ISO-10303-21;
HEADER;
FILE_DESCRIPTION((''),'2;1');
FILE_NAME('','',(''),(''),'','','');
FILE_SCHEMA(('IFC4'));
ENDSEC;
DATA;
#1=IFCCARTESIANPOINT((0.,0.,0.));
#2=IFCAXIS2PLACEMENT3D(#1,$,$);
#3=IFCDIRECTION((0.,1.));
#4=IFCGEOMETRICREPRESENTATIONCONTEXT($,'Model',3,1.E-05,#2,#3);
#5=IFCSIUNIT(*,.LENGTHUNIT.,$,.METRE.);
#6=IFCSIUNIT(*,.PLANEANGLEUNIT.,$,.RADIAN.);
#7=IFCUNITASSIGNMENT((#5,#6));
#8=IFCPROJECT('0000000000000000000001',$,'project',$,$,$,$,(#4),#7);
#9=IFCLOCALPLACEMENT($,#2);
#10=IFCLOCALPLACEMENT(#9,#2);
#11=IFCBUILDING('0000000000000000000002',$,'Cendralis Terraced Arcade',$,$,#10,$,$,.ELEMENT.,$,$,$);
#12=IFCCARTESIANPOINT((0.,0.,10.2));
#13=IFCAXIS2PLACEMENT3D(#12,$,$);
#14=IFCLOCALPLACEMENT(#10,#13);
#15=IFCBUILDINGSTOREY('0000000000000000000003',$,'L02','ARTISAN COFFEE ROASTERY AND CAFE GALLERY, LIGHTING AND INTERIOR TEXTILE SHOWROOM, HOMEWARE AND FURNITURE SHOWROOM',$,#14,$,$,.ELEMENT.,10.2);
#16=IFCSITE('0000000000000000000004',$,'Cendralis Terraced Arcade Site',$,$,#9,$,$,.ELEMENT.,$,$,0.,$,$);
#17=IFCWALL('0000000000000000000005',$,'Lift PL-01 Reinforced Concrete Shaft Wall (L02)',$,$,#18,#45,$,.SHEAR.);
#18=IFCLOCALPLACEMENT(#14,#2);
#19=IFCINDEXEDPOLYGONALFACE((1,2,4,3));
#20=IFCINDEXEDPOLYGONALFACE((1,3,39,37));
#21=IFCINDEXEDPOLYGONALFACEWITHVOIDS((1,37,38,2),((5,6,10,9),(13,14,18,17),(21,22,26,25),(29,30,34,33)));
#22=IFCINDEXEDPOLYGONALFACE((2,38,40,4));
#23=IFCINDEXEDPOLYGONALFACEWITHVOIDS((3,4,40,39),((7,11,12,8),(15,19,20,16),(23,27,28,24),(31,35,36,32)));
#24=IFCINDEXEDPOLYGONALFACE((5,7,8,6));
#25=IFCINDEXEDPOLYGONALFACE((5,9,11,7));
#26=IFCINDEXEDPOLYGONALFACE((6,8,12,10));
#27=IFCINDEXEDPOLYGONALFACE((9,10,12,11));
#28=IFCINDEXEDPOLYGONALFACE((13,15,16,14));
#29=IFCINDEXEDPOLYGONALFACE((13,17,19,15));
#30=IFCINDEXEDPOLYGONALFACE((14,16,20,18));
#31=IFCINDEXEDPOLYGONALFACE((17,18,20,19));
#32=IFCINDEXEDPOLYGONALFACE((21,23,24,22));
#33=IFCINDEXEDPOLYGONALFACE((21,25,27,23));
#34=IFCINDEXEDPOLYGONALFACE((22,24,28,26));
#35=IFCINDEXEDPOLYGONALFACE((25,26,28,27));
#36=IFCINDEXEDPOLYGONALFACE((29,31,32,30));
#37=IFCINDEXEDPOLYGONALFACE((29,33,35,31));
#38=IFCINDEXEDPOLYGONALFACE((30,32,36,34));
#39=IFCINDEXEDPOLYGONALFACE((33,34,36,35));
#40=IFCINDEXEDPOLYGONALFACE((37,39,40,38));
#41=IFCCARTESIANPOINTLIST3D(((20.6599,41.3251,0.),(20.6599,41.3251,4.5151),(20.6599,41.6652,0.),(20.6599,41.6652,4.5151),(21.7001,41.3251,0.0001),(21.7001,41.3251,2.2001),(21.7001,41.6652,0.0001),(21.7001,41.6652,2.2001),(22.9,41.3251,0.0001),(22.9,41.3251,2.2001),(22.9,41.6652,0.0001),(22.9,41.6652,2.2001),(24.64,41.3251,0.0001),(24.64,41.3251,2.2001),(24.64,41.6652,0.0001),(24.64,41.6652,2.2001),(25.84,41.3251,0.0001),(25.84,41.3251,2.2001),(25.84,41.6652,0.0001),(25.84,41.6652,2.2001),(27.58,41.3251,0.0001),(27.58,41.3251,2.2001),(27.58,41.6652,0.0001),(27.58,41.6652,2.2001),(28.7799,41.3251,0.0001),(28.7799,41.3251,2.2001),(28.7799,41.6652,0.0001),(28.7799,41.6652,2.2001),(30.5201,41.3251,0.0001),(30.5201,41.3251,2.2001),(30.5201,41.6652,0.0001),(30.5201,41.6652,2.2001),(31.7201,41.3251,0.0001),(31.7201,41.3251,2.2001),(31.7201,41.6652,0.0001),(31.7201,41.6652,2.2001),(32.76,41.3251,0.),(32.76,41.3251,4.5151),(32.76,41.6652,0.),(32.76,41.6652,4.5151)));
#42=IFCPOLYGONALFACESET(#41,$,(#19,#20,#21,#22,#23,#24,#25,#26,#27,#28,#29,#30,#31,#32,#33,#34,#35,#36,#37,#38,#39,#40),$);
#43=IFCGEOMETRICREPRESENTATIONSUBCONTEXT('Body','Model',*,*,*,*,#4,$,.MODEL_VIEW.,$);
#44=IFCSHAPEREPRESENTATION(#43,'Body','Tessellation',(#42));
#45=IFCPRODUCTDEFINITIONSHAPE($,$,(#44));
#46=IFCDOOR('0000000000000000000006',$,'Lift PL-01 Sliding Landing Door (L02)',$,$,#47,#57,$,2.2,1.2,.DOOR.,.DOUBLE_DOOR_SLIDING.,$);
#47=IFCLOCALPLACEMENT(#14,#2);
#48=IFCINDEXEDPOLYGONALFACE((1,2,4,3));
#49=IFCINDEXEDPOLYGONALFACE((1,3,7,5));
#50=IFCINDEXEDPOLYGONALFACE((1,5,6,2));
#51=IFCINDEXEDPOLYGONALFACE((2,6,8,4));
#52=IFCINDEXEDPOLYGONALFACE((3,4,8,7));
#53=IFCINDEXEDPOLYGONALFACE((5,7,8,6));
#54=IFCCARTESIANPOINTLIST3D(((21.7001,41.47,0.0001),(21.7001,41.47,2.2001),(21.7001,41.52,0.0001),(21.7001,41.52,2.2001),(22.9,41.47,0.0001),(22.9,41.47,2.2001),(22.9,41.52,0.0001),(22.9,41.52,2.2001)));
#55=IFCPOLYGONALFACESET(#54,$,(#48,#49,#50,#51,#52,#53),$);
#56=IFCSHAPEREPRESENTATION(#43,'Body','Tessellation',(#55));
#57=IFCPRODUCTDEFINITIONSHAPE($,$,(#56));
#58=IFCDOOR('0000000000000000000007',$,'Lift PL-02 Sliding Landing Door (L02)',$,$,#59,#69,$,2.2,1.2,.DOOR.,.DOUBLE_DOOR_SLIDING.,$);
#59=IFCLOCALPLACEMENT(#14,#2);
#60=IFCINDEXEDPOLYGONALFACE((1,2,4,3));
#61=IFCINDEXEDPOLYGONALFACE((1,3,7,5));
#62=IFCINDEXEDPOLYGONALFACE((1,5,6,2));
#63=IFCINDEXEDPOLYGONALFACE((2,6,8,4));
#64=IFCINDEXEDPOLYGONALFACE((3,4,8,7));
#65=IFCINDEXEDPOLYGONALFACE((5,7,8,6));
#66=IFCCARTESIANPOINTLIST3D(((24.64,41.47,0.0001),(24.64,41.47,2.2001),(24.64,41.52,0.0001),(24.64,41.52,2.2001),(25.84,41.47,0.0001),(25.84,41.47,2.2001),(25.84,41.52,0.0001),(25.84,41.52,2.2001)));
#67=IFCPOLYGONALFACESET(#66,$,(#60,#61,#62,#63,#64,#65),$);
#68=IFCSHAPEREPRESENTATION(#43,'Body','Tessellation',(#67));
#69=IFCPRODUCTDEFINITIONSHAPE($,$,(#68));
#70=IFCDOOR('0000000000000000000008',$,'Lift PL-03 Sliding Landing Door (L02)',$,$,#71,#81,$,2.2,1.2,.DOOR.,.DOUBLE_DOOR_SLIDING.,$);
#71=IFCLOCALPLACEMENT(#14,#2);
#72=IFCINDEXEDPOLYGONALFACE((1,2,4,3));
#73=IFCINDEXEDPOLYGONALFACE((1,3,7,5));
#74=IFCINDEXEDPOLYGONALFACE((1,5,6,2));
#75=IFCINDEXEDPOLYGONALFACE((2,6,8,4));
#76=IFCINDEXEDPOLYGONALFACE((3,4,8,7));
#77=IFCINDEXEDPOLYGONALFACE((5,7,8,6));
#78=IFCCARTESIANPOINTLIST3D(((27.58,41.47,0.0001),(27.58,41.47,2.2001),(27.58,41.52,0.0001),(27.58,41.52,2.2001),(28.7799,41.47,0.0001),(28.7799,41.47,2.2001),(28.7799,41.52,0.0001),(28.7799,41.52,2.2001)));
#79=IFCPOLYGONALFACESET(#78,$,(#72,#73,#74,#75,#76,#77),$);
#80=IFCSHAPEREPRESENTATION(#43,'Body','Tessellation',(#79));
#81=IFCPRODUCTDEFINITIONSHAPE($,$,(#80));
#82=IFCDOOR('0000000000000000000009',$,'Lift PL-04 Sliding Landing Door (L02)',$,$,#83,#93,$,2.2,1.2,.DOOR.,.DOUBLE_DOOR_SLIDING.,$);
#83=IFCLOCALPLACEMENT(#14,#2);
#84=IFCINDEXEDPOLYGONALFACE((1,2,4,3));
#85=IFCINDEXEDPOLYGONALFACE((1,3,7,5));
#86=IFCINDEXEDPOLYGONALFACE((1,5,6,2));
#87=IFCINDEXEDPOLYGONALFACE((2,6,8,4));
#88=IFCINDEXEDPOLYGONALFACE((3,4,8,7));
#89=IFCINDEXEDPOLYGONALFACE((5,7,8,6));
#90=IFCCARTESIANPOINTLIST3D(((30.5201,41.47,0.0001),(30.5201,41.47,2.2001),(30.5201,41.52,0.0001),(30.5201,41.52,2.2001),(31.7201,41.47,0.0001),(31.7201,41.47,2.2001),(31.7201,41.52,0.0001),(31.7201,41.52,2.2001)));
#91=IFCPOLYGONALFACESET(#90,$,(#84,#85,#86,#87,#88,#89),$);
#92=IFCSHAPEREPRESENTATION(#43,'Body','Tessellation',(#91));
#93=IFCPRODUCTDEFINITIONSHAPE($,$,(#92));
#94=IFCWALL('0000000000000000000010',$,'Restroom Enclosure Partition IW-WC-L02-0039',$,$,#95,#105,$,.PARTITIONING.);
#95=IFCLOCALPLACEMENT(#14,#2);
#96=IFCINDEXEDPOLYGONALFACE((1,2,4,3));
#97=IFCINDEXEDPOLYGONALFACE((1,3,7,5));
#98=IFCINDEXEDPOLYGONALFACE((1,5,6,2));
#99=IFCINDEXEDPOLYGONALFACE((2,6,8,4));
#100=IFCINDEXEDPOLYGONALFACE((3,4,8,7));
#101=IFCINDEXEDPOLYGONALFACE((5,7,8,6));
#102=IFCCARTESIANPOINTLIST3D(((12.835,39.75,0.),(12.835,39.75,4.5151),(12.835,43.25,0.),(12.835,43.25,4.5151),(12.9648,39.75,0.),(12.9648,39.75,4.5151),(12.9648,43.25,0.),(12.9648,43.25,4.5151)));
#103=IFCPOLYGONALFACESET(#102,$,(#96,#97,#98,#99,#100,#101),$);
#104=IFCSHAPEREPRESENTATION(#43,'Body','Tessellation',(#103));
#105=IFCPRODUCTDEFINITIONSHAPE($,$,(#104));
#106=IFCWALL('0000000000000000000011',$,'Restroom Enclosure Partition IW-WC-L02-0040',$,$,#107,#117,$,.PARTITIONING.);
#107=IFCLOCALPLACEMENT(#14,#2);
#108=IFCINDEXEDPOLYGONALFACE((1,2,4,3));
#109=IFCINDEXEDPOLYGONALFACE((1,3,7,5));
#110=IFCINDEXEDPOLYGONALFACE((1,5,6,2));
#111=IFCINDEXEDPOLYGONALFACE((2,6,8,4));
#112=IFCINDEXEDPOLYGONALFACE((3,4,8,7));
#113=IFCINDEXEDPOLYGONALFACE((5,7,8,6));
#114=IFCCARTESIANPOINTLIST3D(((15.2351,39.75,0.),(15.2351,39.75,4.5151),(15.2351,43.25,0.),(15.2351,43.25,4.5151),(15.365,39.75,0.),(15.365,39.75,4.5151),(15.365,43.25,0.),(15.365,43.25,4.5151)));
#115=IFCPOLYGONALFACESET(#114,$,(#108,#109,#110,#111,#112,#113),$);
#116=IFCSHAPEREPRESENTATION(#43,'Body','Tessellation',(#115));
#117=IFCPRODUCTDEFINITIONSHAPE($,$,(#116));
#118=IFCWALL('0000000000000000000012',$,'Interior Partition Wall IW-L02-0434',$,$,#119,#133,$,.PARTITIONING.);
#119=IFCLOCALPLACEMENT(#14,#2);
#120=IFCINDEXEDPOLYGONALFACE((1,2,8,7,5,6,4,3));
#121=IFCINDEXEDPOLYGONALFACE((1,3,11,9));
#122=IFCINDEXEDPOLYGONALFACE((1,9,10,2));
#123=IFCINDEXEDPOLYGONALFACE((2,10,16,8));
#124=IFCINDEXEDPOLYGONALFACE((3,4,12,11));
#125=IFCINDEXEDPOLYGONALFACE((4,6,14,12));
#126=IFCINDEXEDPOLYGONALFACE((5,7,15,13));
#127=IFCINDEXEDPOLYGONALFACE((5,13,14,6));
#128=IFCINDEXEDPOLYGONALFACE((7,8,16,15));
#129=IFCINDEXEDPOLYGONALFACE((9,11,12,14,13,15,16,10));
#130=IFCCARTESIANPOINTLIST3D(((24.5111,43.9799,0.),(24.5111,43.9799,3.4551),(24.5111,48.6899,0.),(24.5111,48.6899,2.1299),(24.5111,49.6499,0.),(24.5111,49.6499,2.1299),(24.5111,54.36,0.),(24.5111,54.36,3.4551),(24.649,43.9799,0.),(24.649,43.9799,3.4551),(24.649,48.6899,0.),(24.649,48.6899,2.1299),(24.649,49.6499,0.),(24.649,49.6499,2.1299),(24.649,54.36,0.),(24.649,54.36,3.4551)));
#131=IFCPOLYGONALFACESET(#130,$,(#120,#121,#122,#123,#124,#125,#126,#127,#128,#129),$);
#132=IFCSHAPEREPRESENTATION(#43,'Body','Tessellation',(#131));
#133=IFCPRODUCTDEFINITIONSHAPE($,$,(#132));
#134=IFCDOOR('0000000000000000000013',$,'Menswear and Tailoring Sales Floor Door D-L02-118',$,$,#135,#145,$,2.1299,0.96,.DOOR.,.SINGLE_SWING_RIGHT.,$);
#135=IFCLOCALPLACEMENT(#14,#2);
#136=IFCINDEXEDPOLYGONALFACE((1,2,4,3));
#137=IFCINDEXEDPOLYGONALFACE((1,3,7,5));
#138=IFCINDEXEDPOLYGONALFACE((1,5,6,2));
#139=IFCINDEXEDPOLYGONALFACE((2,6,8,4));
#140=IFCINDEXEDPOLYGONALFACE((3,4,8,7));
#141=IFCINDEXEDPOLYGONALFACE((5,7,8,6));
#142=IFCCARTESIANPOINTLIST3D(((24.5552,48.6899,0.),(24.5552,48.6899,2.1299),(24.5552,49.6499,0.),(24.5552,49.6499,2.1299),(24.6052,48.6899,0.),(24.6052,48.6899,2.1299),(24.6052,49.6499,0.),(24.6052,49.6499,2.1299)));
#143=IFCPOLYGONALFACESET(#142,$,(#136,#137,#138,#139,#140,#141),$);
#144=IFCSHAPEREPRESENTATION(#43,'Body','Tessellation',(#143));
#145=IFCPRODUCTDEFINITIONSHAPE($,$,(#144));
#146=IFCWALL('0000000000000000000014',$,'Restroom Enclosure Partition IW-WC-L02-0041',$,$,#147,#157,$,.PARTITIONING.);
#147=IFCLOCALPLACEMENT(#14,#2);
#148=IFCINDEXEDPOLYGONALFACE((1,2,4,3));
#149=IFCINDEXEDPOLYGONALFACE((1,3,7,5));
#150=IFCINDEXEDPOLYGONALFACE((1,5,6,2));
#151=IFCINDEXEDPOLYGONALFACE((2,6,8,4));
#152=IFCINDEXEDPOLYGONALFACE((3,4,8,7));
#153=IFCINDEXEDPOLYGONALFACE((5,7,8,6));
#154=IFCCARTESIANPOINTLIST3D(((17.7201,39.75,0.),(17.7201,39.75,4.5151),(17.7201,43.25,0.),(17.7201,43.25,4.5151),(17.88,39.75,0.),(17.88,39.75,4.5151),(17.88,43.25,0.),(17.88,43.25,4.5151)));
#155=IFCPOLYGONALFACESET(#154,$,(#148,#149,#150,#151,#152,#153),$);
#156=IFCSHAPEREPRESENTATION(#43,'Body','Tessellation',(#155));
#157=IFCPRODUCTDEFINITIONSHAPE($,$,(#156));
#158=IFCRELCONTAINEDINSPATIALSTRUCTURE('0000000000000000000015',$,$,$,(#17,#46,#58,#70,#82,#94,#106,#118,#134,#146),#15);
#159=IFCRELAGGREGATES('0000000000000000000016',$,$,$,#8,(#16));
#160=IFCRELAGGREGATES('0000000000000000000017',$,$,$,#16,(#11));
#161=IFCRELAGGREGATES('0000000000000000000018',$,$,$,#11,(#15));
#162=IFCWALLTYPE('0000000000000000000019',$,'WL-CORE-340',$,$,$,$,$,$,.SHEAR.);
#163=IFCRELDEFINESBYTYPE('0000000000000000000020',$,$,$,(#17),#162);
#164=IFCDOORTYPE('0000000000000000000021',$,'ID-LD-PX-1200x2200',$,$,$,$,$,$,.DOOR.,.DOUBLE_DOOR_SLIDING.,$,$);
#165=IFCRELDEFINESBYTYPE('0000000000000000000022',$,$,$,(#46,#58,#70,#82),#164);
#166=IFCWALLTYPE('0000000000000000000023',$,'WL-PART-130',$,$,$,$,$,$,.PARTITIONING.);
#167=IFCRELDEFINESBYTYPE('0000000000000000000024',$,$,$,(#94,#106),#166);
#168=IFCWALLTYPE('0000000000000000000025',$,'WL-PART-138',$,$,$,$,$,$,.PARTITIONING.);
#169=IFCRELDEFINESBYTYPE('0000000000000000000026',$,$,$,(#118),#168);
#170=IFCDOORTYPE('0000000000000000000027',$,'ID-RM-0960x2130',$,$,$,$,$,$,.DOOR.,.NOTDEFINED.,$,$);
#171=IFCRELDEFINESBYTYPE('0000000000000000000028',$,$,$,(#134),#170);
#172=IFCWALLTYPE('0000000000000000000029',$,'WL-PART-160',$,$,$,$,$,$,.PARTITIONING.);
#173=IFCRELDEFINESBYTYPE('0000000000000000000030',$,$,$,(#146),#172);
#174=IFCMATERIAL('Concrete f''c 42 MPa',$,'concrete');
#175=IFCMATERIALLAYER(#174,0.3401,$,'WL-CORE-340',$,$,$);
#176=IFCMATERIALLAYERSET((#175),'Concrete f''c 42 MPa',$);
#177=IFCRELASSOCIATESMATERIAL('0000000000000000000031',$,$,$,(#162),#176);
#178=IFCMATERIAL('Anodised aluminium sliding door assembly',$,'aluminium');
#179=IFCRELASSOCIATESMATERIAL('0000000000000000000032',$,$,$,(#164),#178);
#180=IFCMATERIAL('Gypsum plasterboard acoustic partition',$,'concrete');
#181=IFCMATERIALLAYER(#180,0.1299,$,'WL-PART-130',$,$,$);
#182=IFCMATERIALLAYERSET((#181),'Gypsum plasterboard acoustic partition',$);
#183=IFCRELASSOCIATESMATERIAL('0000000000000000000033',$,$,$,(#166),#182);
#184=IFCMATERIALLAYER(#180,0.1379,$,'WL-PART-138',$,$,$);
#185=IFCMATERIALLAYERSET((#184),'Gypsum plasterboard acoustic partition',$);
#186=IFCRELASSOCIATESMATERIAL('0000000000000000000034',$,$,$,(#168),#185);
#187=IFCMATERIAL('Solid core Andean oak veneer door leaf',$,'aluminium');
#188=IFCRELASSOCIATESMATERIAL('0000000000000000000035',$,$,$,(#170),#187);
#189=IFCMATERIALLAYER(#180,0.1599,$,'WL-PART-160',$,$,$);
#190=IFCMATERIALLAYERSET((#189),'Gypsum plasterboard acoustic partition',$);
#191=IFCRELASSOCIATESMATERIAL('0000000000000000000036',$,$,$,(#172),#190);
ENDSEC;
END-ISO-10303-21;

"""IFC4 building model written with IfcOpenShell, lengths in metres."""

from ifc_helpers import new_model, si_unit, direction, frame, frame_2d, origin, place, context, subcontext, project, spatial, rectangle, extrude, material, layer, layer_set, type_object, element, fill, save


model = new_model("IFC4")

# Units and contexts
model_context = context("Model", 3, precision=1e-05, world=origin(), true_north=direction((0.0, 1.0)))
body_context = subcontext(model_context, "Body", "Model", "MODEL_VIEW")
ifc_project = project(units=[si_unit("LENGTHUNIT", "METRE"), si_unit("PLANEANGLEUNIT", "RADIAN")], contexts=[model_context])

# Site, building, storey
site_placement = place(None, origin())
site = spatial("IfcSite", under=ifc_project, at=site_placement, Name="Cendralis Terraced Arcade Site", CompositionType="ELEMENT", RefElevation=0.0)
building_placement = place(site_placement, origin())
building = spatial("IfcBuilding", under=site, at=building_placement, Name="Cendralis Terraced Arcade", CompositionType="ELEMENT")
storey_placement = place(building_placement, frame((0.0, 0.0, 10.2)))
storey = spatial("IfcBuildingStorey", under=building, at=storey_placement, Name="L02", Description="ARTISAN COFFEE ROASTERY AND CAFE GALLERY, LIGHTING AND INTERIOR TEXTILE SHOWROOM, HOMEWARE AND FURNITURE SHOWROOM", CompositionType="ELEMENT", Elevation=10.2)

# Shared definitions
ifc_material_1 = material(Name="Concrete f'c 42 MPa", Category="concrete")

# Shared definitions
ifc_layer_1 = layer(ifc_material_1, 0.3401, Name="WL-CORE-340")
ifc_layer_set_1 = layer_set([ifc_layer_1], Name="Concrete f'c 42 MPa")
wall_type_1 = type_object("IfcWallType", Name="WL-CORE-340", PredefinedType="SHEAR", material=ifc_layer_set_1)

# Wall, openings, doors
wall_1_placement = place(storey_placement, frame((20.6599, 41.4951, 0.0), z_axis=(0.0, 0.0, 1.0), x_axis=(1.0, 0.0, 0.0)))
wall_1 = element("IfcWall", 1, at=wall_1_placement, inside=storey, type_object=wall_type_1, Name="Lift PL-01 Reinforced Concrete Shaft Wall (L02)", PredefinedType="SHEAR", context=body_context, shape_type="SweptSolid", body=[
    extrude(rectangle(XDim=12.1001, YDim=0.3401, at=frame_2d((6.05, 0.0))), origin(), (0.0, 0.0, 1.0), 4.5151),
])
opening_1_placement = place(wall_1_placement, frame((1.04, 0.0, 0.0)))
opening_1 = element("IfcOpeningElement", 2, at=opening_1_placement, cuts=wall_1, PredefinedType="OPENING", context=body_context, shape_type="SweptSolid", body=[
    extrude(rectangle(XDim=1.2, YDim=2.2, at=frame_2d((0.6001, 1.1001))), frame((0.0, 0.1821, 0.0), z_axis=(0.0, -1.0, 0.0), x_axis=(1.0, 0.0, 0.0)), (0.0, 0.0, 1.0), 0.364),
])
opening_2_placement = place(wall_1_placement, frame((3.98, 0.0, 0.0)))
opening_2 = element("IfcOpeningElement", 3, at=opening_2_placement, cuts=wall_1, PredefinedType="OPENING", context=body_context, shape_type="SweptSolid", body=[
    extrude(rectangle(XDim=1.2, YDim=2.2, at=frame_2d((0.6001, 1.1001))), frame((0.0, 0.1821, 0.0), z_axis=(0.0, -1.0, 0.0), x_axis=(1.0, 0.0, 0.0)), (0.0, 0.0, 1.0), 0.364),
])
opening_3_placement = place(wall_1_placement, frame((6.9199, 0.0, 0.0)))
opening_3 = element("IfcOpeningElement", 4, at=opening_3_placement, cuts=wall_1, PredefinedType="OPENING", context=body_context, shape_type="SweptSolid", body=[
    extrude(rectangle(XDim=1.2, YDim=2.2, at=frame_2d((0.6001, 1.1001))), frame((0.0, 0.1821, 0.0), z_axis=(0.0, -1.0, 0.0), x_axis=(1.0, 0.0, 0.0)), (0.0, 0.0, 1.0), 0.364),
])
opening_4_placement = place(wall_1_placement, frame((9.8601, 0.0, 0.0)))
opening_4 = element("IfcOpeningElement", 5, at=opening_4_placement, cuts=wall_1, PredefinedType="OPENING", context=body_context, shape_type="SweptSolid", body=[
    extrude(rectangle(XDim=1.2, YDim=2.2, at=frame_2d((0.6001, 1.1001))), frame((0.0, 0.1821, 0.0), z_axis=(0.0, -1.0, 0.0), x_axis=(1.0, 0.0, 0.0)), (0.0, 0.0, 1.0), 0.364),
])
ifc_material_2 = material(Name="Anodised aluminium sliding door assembly", Category="aluminium")
door_type_1 = type_object("IfcDoorType", Name="ID-LD-PX-1200x2200", OperationType="DOUBLE_DOOR_SLIDING", PredefinedType="DOOR", material=ifc_material_2)
door_1_placement = place(opening_1_placement, origin())
door_1 = element("IfcDoor", 6, at=door_1_placement, inside=storey, type_object=door_type_1, Name="Lift PL-01 Sliding Landing Door (L02)", OperationType="DOUBLE_DOOR_SLIDING", OverallHeight=2.2, OverallWidth=1.2, PredefinedType="DOOR", context=body_context, shape_type="SweptSolid", body=[
    extrude(rectangle(XDim=1.2, YDim=2.2, at=frame_2d((0.6001, 1.1001))), frame((0.0, 0.0249, 0.0), z_axis=(0.0, -1.0, 0.0), x_axis=(1.0, 0.0, 0.0)), (0.0, 0.0, 1.0), 0.05),
])
fill(opening_1, door_1)
door_2_placement = place(opening_2_placement, origin())
door_2 = element("IfcDoor", 7, at=door_2_placement, inside=storey, type_object=door_type_1, Name="Lift PL-02 Sliding Landing Door (L02)", OperationType="DOUBLE_DOOR_SLIDING", OverallHeight=2.2, OverallWidth=1.2, PredefinedType="DOOR", context=body_context, shape_type="SweptSolid", body=[
    extrude(rectangle(XDim=1.2, YDim=2.2, at=frame_2d((0.6001, 1.1001))), frame((0.0, 0.0249, 0.0), z_axis=(0.0, -1.0, 0.0), x_axis=(1.0, 0.0, 0.0)), (0.0, 0.0, 1.0), 0.05),
])
fill(opening_2, door_2)
door_3_placement = place(opening_3_placement, origin())
door_3 = element("IfcDoor", 8, at=door_3_placement, inside=storey, type_object=door_type_1, Name="Lift PL-03 Sliding Landing Door (L02)", OperationType="DOUBLE_DOOR_SLIDING", OverallHeight=2.2, OverallWidth=1.2, PredefinedType="DOOR", context=body_context, shape_type="SweptSolid", body=[
    extrude(rectangle(XDim=1.2, YDim=2.2, at=frame_2d((0.6001, 1.1001))), frame((0.0, 0.0249, 0.0), z_axis=(0.0, -1.0, 0.0), x_axis=(1.0, 0.0, 0.0)), (0.0, 0.0, 1.0), 0.05),
])
fill(opening_3, door_3)
door_4_placement = place(opening_4_placement, origin())
door_4 = element("IfcDoor", 9, at=door_4_placement, inside=storey, type_object=door_type_1, Name="Lift PL-04 Sliding Landing Door (L02)", OperationType="DOUBLE_DOOR_SLIDING", OverallHeight=2.2, OverallWidth=1.2, PredefinedType="DOOR", context=body_context, shape_type="SweptSolid", body=[
    extrude(rectangle(XDim=1.2, YDim=2.2, at=frame_2d((0.6001, 1.1001))), frame((0.0, 0.0249, 0.0), z_axis=(0.0, -1.0, 0.0), x_axis=(1.0, 0.0, 0.0)), (0.0, 0.0, 1.0), 0.05),
])
fill(opening_4, door_4)

# Walls
ifc_material_3 = material(Name="Gypsum plasterboard acoustic partition", Category="concrete")
ifc_layer_2 = layer(ifc_material_3, 0.1299, Name="WL-PART-130")
ifc_layer_set_2 = layer_set([ifc_layer_2], Name="Gypsum plasterboard acoustic partition")
wall_type_2 = type_object("IfcWallType", Name="WL-PART-130", PredefinedType="PARTITIONING", material=ifc_layer_set_2)
for number, where, z_axis, x_axis, name in (
    (10, (12.8999, 39.75, 0.0), (0.0, 0.0, 1.0), (0.0, 1.0, 0.0), "Restroom Enclosure Partition IW-WC-L02-0039"),
    (11, (15.3, 39.75, 0.0), (0.0, 0.0, 1.0), (0.0, 1.0, 0.0), "Restroom Enclosure Partition IW-WC-L02-0040"),
):
    element("IfcWall", number, at=place(storey_placement, frame(where, z_axis=z_axis, x_axis=x_axis)), inside=storey, type_object=wall_type_2, Name=name, PredefinedType="PARTITIONING", context=body_context, shape_type="SweptSolid", body=[
        extrude(rectangle(XDim=3.5, YDim=0.1299, at=frame_2d((1.75, 0.0))), origin(), (0.0, 0.0, 1.0), 4.5151),
    ])

# Wall, opening, door
ifc_layer_3 = layer(ifc_material_3, 0.1379, Name="WL-PART-138")
ifc_layer_set_3 = layer_set([ifc_layer_3], Name="Gypsum plasterboard acoustic partition")
wall_type_3 = type_object("IfcWallType", Name="WL-PART-138", PredefinedType="PARTITIONING", material=ifc_layer_set_3)
wall_2_placement = place(storey_placement, frame((24.5801, 43.98, 0.0), z_axis=(0.0, 0.0, 1.0), x_axis=(0.0, 1.0, 0.0)))
wall_2 = element("IfcWall", 12, at=wall_2_placement, inside=storey, type_object=wall_type_3, Name="Interior Partition Wall IW-L02-0434", PredefinedType="PARTITIONING", context=body_context, shape_type="SweptSolid", body=[
    extrude(rectangle(XDim=10.3801, YDim=0.1379, at=frame_2d((5.1899, 0.0))), origin(), (0.0, 0.0, 1.0), 3.4551),
])
opening_5_placement = place(wall_2_placement, frame((4.71, 0.0, 0.0)))
opening_5 = element("IfcOpeningElement", 13, at=opening_5_placement, cuts=wall_2, PredefinedType="OPENING", context=body_context, shape_type="SweptSolid", body=[
    extrude(rectangle(XDim=0.96, YDim=2.1299, at=frame_2d((0.48, 1.0649))), frame((0.0, 0.0811, 0.0), z_axis=(0.0, -1.0, 0.0), x_axis=(1.0, 0.0, 0.0)), (0.0, 0.0, 1.0), 0.1619),
])
ifc_material_4 = material(Name="Solid core Andean oak veneer door leaf", Category="aluminium")
door_type_2 = type_object("IfcDoorType", Name="ID-RM-0960x2130", OperationType="NOTDEFINED", PredefinedType="DOOR", material=ifc_material_4)
door_5_placement = place(opening_5_placement, origin())
door_5 = element("IfcDoor", 14, at=door_5_placement, inside=storey, type_object=door_type_2, Name="Menswear and Tailoring Sales Floor Door D-L02-118", OperationType="SINGLE_SWING_RIGHT", OverallHeight=2.1299, OverallWidth=0.96, PredefinedType="DOOR", context=body_context, shape_type="SweptSolid", body=[
    extrude(rectangle(XDim=0.96, YDim=2.1299, at=frame_2d((0.48, 1.0649))), frame((0.0, 0.0249, 0.0), z_axis=(0.0, -1.0, 0.0), x_axis=(1.0, 0.0, 0.0)), (0.0, 0.0, 1.0), 0.05),
])
fill(opening_5, door_5)

# Wall
ifc_layer_4 = layer(ifc_material_3, 0.1599, Name="WL-PART-160")
ifc_layer_set_4 = layer_set([ifc_layer_4], Name="Gypsum plasterboard acoustic partition")
wall_type_4 = type_object("IfcWallType", Name="WL-PART-160", PredefinedType="PARTITIONING", material=ifc_layer_set_4)
wall_3_placement = place(storey_placement, frame((17.8, 39.75, 0.0), z_axis=(0.0, 0.0, 1.0), x_axis=(0.0, 1.0, 0.0)))
element("IfcWall", 15, at=wall_3_placement, inside=storey, type_object=wall_type_4, Name="Restroom Enclosure Partition IW-WC-L02-0041", PredefinedType="PARTITIONING", context=body_context, shape_type="SweptSolid", body=[
    extrude(rectangle(XDim=3.5, YDim=0.1599, at=frame_2d((1.75, 0.0))), origin(), (0.0, 0.0, 1.0), 4.5151),
])

save(model, "model.ifc")
